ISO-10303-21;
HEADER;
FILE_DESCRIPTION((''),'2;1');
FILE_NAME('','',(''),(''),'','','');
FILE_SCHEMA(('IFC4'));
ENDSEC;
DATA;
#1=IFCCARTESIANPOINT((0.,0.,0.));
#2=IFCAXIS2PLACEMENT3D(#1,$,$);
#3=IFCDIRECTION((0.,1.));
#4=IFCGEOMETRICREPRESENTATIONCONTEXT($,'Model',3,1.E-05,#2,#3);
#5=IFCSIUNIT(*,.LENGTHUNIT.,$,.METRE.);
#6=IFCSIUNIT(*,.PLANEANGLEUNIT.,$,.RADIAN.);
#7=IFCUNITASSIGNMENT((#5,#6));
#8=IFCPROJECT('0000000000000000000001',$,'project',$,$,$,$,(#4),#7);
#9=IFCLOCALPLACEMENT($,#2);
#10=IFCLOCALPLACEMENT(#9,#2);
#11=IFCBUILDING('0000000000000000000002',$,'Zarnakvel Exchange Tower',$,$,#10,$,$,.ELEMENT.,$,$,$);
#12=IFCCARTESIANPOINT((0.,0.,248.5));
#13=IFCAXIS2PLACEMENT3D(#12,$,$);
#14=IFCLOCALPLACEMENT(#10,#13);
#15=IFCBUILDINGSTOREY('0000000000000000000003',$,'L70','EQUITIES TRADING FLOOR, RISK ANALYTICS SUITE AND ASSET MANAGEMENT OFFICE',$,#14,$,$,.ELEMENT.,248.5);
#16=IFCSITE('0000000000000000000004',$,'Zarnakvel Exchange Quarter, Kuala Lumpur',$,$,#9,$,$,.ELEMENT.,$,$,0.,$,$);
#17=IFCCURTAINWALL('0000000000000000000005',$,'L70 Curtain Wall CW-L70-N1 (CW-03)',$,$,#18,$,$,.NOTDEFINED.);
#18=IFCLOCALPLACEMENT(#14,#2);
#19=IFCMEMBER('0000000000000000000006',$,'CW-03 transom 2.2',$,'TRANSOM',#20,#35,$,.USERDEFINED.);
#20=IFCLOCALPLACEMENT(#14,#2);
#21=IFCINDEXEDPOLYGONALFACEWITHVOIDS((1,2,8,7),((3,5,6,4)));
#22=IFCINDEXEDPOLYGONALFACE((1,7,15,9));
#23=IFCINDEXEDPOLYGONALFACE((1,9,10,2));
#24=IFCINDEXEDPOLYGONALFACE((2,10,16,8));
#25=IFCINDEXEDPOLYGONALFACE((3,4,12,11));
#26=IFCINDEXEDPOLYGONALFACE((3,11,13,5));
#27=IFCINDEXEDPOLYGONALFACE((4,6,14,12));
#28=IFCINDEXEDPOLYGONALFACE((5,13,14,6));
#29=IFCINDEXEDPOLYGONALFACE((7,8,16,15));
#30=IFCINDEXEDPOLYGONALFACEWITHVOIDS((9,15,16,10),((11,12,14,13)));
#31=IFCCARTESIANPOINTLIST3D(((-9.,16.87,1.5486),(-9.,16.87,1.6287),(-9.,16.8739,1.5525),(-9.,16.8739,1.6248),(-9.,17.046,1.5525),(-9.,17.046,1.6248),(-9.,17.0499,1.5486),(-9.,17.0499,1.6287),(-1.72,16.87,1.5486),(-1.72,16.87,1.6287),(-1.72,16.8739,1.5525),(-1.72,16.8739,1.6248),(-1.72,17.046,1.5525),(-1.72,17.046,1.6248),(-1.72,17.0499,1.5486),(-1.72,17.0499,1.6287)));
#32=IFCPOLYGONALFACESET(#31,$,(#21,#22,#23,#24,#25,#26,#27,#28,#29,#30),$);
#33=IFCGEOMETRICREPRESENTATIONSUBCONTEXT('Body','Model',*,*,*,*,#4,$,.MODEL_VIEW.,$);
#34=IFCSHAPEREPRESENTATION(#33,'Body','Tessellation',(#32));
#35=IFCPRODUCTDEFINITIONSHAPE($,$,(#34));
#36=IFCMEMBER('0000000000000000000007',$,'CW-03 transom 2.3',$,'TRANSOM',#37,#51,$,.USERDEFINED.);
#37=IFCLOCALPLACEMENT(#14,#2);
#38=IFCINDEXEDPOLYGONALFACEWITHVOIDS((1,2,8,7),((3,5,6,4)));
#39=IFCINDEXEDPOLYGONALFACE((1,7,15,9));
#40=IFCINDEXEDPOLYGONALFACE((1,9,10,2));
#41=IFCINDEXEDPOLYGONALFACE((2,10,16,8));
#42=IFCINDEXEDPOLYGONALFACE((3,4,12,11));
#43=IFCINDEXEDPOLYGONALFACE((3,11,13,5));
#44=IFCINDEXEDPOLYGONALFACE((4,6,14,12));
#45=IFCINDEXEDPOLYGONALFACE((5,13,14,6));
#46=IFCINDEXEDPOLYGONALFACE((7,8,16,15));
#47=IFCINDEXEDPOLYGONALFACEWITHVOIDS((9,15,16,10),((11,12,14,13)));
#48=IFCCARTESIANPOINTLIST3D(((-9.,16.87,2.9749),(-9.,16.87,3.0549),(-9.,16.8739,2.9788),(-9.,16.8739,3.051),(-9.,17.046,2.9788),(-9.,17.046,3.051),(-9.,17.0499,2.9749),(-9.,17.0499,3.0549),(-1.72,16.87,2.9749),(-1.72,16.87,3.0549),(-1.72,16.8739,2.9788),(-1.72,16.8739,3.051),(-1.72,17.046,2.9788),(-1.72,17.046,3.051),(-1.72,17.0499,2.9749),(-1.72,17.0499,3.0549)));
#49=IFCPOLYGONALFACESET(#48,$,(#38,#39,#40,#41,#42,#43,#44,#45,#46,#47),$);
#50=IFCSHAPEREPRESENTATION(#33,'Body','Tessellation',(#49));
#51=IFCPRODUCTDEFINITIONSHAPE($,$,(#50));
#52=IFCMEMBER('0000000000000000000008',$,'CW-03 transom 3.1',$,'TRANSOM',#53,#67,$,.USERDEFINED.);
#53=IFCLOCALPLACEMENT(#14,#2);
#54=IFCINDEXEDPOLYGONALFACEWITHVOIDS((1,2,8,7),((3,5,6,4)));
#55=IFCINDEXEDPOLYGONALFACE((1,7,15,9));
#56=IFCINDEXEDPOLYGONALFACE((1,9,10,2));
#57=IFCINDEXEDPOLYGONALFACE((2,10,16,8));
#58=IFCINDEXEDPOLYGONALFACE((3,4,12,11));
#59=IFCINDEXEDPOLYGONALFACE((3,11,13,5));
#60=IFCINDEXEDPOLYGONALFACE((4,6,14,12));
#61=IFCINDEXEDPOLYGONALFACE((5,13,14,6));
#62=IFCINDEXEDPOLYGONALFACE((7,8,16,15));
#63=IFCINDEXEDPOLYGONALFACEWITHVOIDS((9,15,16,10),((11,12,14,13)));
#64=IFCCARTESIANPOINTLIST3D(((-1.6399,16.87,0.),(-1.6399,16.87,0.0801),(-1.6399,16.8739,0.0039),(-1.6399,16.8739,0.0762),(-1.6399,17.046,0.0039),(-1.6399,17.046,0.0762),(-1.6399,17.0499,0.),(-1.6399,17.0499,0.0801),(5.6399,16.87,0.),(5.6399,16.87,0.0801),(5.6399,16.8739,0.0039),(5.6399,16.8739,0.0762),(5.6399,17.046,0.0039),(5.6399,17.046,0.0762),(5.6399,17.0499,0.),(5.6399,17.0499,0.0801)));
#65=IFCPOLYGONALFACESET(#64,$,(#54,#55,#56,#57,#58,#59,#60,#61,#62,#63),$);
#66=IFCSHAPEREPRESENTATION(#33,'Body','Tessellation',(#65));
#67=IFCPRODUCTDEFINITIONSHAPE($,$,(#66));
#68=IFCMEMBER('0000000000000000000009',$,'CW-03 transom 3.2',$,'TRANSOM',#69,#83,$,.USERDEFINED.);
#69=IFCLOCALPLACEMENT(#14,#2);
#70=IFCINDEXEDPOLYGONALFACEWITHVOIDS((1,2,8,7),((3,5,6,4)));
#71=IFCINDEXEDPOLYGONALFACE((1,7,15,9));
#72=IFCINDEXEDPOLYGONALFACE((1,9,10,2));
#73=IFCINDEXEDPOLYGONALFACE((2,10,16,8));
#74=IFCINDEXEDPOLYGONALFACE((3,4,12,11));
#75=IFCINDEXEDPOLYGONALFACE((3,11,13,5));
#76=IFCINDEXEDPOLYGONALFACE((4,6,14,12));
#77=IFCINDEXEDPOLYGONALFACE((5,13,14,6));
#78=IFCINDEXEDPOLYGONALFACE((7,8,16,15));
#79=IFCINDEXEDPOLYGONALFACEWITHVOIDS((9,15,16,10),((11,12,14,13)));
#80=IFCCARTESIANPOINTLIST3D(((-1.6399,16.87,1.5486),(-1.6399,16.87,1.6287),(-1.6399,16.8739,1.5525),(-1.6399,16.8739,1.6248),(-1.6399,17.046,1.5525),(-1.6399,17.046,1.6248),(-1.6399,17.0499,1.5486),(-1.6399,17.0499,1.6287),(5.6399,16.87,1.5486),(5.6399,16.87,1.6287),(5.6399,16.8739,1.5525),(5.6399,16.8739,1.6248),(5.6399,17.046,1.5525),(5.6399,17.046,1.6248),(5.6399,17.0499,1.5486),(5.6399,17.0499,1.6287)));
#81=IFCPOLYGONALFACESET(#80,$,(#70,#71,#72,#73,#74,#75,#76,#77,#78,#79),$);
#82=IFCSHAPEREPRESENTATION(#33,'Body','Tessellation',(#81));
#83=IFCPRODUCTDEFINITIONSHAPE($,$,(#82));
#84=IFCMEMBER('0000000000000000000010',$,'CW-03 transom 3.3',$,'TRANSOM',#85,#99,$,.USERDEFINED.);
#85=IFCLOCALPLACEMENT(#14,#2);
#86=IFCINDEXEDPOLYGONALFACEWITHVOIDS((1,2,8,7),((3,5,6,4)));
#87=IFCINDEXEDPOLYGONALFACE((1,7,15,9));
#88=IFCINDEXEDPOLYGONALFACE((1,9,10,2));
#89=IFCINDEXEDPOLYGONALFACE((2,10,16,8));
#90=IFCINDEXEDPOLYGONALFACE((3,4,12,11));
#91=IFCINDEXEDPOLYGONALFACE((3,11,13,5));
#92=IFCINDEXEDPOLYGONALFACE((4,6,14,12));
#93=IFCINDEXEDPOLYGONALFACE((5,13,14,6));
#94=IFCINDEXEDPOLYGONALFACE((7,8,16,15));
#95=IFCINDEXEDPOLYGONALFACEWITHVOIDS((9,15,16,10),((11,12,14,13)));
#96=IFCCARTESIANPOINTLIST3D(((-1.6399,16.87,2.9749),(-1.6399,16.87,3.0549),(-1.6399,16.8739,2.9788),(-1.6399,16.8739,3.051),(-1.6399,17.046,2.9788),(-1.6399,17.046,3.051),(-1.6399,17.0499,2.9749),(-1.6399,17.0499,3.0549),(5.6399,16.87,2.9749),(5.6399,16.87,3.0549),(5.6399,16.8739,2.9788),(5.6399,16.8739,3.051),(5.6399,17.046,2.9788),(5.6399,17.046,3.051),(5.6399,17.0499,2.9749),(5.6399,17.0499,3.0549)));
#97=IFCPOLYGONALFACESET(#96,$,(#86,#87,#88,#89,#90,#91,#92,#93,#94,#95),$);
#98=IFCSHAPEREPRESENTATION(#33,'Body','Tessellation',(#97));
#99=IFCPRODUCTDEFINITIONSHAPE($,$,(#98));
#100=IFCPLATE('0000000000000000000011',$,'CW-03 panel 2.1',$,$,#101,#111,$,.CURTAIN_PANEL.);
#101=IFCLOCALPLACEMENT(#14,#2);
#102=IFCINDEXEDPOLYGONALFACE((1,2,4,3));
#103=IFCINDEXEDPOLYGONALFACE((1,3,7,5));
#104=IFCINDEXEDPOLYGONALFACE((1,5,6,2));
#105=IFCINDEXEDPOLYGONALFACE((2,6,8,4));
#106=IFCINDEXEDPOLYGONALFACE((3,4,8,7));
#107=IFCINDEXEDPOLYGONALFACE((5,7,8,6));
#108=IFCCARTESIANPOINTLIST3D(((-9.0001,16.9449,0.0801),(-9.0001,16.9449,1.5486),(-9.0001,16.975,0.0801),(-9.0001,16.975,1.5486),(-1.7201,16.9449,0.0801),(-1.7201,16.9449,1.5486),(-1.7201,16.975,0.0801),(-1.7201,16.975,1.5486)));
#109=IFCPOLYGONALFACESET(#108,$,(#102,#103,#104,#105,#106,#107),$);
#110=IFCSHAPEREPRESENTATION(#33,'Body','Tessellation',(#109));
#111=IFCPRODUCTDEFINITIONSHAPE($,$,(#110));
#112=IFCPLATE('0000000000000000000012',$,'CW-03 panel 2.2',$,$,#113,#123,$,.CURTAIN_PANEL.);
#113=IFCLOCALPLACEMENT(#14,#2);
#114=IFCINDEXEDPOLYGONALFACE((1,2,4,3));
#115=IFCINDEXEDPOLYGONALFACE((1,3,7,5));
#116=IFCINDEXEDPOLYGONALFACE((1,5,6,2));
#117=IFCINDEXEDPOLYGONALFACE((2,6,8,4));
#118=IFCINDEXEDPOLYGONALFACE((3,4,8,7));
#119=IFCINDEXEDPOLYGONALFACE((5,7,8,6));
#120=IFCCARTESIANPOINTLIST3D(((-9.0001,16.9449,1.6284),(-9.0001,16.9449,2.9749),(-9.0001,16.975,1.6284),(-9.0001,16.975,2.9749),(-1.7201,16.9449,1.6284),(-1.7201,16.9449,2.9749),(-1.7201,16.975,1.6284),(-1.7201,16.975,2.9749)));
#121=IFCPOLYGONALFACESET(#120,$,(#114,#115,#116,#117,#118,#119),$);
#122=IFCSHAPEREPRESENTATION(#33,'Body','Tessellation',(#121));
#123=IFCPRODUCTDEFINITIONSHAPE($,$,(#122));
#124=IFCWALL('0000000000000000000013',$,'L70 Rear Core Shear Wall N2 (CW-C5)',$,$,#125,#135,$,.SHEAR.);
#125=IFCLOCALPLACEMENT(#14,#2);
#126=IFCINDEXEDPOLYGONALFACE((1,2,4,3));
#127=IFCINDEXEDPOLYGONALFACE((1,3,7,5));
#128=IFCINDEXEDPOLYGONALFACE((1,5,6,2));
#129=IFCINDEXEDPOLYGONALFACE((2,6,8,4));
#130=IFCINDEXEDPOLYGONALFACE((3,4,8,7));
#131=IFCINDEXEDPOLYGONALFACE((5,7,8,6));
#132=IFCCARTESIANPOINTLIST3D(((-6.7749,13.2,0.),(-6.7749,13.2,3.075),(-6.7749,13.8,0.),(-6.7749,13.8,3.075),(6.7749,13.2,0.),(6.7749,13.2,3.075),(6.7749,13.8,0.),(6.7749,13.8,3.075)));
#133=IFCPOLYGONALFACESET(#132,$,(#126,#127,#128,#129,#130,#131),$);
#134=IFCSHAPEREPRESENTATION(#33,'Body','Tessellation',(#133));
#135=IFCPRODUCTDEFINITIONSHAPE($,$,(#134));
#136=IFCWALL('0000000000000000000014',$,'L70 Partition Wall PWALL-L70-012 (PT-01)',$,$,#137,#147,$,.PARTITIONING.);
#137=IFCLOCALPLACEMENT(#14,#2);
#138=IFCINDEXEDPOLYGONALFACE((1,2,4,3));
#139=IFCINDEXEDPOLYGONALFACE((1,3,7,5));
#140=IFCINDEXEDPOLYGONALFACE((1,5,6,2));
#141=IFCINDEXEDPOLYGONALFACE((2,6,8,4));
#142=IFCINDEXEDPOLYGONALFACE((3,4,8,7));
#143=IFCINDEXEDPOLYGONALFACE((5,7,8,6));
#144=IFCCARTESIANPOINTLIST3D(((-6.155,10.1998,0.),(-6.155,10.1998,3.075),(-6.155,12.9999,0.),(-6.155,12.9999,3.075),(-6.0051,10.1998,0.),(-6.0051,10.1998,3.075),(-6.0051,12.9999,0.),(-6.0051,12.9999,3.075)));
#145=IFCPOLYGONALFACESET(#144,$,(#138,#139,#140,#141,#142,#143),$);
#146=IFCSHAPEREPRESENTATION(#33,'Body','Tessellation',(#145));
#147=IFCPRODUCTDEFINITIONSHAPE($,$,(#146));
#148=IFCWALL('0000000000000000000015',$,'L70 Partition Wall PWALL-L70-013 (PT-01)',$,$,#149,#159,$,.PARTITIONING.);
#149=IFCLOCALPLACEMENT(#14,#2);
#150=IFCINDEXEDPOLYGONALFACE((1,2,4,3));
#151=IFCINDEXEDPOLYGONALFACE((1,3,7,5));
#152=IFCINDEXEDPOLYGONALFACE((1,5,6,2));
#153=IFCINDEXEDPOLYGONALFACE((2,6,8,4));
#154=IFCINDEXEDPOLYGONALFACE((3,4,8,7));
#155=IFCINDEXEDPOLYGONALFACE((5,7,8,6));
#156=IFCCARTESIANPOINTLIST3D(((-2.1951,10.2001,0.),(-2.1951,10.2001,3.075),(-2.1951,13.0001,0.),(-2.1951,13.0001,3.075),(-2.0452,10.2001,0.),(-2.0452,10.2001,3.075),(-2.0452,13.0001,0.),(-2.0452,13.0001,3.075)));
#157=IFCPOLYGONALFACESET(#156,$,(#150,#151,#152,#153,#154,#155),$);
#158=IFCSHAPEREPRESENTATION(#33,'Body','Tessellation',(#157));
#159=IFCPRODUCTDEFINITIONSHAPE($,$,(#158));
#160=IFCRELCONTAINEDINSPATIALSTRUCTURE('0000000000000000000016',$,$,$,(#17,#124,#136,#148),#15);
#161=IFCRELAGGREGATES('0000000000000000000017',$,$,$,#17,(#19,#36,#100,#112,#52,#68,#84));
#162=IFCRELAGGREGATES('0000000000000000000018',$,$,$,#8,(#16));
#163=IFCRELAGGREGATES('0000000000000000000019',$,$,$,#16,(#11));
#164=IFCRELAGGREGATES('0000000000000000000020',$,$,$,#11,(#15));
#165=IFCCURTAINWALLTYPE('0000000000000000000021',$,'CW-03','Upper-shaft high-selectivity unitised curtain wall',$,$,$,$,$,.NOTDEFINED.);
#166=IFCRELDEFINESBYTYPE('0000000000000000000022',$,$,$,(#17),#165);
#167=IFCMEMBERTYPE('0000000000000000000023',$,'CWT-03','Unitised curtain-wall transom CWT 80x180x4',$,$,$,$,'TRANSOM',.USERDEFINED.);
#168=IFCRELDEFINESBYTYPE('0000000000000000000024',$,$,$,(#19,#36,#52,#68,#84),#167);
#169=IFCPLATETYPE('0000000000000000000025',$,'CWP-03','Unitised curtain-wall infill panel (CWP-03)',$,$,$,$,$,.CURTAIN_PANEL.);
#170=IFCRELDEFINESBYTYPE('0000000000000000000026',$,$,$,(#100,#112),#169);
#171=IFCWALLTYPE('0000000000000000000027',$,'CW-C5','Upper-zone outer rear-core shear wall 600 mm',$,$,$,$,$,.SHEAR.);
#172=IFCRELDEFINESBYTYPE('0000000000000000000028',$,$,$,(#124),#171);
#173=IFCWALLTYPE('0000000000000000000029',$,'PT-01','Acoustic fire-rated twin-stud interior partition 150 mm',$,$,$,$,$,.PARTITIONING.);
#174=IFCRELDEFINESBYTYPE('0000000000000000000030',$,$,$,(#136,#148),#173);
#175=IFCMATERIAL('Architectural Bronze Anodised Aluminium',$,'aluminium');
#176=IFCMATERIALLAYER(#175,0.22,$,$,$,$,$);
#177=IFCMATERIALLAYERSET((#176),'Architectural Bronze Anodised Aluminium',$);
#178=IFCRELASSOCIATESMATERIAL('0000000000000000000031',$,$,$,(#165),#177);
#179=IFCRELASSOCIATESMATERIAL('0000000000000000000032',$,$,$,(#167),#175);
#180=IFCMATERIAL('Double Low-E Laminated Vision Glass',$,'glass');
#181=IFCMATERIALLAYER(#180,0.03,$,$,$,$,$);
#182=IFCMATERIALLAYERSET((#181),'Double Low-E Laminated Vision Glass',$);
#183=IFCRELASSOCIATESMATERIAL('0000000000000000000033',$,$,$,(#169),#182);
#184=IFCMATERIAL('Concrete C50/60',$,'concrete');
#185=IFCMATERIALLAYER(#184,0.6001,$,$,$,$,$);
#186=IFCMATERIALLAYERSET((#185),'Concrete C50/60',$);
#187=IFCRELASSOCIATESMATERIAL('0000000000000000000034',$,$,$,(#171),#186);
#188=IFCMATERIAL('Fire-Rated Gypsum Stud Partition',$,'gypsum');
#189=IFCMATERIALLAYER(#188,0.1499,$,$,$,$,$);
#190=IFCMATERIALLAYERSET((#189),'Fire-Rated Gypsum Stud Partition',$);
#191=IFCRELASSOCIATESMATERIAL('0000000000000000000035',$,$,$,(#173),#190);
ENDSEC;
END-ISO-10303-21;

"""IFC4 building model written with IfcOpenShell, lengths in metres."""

from ifc_helpers import new_model, si_unit, direction, frame, frame_2d, origin, origin_2d, place, context, subcontext, project, spatial, rectangle, hollow_rectangle, extrude, source, transform, mapped, material, layer, layer_set, material_profile, profile_set, type_object, element, aggregate, save


model = new_model("IFC4")

# Units and contexts
model_context = context("Model", 3, precision=1e-05, world=origin(), true_north=direction((0.0, 1.0)))
body_context = subcontext(model_context, "Body", "Model", "MODEL_VIEW")
ifc_project = project(units=[si_unit("LENGTHUNIT", "METRE"), si_unit("PLANEANGLEUNIT", "RADIAN")], contexts=[model_context])

# Site, building, storey
site_placement = place(None, origin())
site = spatial("IfcSite", under=ifc_project, at=site_placement, Name="Zarnakvel Exchange Quarter, Kuala Lumpur", CompositionType="ELEMENT", RefElevation=0.0)
building_placement = place(site_placement, origin())
building = spatial("IfcBuilding", under=site, at=building_placement, Name="Zarnakvel Exchange Tower", CompositionType="ELEMENT")
storey_placement = place(building_placement, frame((0.0, 0.0, 248.5)))
storey = spatial("IfcBuildingStorey", under=building, at=storey_placement, Name="L70", Description="EQUITIES TRADING FLOOR, RISK ANALYTICS SUITE AND ASSET MANAGEMENT OFFICE", CompositionType="ELEMENT", Elevation=248.5)

# Shared definitions
ifc_material_1 = material(Name="Concrete C50/60", Category="concrete")

# Curtain wall, members, plates
ifc_material_2 = material(Name="Architectural Bronze Anodised Aluminium", Category="aluminium")
ifc_layer_1 = layer(ifc_material_2, 0.22)
ifc_layer_set_1 = layer_set([ifc_layer_1], Name="Architectural Bronze Anodised Aluminium")
curtain_wall_type = type_object("IfcCurtainWallType", Name="CW-03", Description="Upper-shaft high-selectivity unitised curtain wall", PredefinedType="NOTDEFINED", material=ifc_layer_set_1)
curtain_wall_placement = place(storey_placement, origin())
curtain_wall = element("IfcCurtainWall", 1, at=curtain_wall_placement, inside=storey, type_object=curtain_wall_type, Name="L70 Curtain Wall CW-L70-N1 (CW-03)", PredefinedType="NOTDEFINED")
ifc_material_profile_1 = material_profile(ifc_material_2, hollow_rectangle(XDim=0.1799, YDim=0.0801, WallThickness=0.0039, at=origin_2d()))
ifc_profile_set_1 = profile_set([ifc_material_profile_1], Name="Architectural Bronze Anodised Aluminium")
member_type_1 = type_object("IfcMemberType", Name="CWT-03", Description="Unitised curtain-wall transom CWT 80x180x4", ElementType="TRANSOM", PredefinedType="USERDEFINED", material=ifc_profile_set_1)
shared_shape_1 = source(origin(), body_context, "Body", "SweptSolid", [
    extrude(hollow_rectangle(XDim=0.1799, YDim=0.0801, WallThickness=0.0039, at=origin_2d()), origin(), (0.0, 0.0, 1.0), 7.28),
])
member_1_placement = place(storey_placement, frame((-9.0, 16.96, 1.5886), z_axis=(1.0, 0.0, 0.0), x_axis=(0.0, 1.0, 0.0)))
member_1 = element("IfcMember", 2, at=member_1_placement, type_object=member_type_1, Name="CW-03 transom 2.2", ObjectType="TRANSOM", PredefinedType="USERDEFINED", context=body_context, shape_type="MappedRepresentation", body=[
    mapped(shared_shape_1, transform((0.0, 0.0, 0.0), x_axis=(1.0, 0.0, 0.0), y_axis=(0.0, 1.0, 0.0), z_axis=(0.0, 0.0, 1.0), scale=1.0)),
])
member_2_placement = place(storey_placement, frame((-9.0, 16.96, 3.0149), z_axis=(1.0, 0.0, 0.0), x_axis=(0.0, 1.0, 0.0)))
member_2 = element("IfcMember", 3, at=member_2_placement, type_object=member_type_1, Name="CW-03 transom 2.3", ObjectType="TRANSOM", PredefinedType="USERDEFINED", context=body_context, shape_type="MappedRepresentation", body=[
    mapped(shared_shape_1, transform((0.0, 0.0, 0.0), x_axis=(1.0, 0.0, 0.0), y_axis=(0.0, 1.0, 0.0), z_axis=(0.0, 0.0, 1.0), scale=1.0)),
])
shared_shape_2 = source(origin(), body_context, "Body", "SweptSolid", [
    extrude(hollow_rectangle(XDim=0.1799, YDim=0.0801, WallThickness=0.0039, at=origin_2d()), origin(), (0.0, 0.0, 1.0), 7.2798),
])
member_3_placement = place(storey_placement, frame((-1.6399, 16.96, 0.04), z_axis=(1.0, 0.0, 0.0), x_axis=(0.0, 1.0, 0.0)))
member_3 = element("IfcMember", 4, at=member_3_placement, type_object=member_type_1, Name="CW-03 transom 3.1", ObjectType="TRANSOM", PredefinedType="USERDEFINED", context=body_context, shape_type="MappedRepresentation", body=[
    mapped(shared_shape_2, transform((0.0, 0.0, 0.0), x_axis=(1.0, 0.0, 0.0), y_axis=(0.0, 1.0, 0.0), z_axis=(0.0, 0.0, 1.0), scale=1.0)),
])
member_4_placement = place(storey_placement, frame((-1.6399, 16.96, 1.5886), z_axis=(1.0, 0.0, 0.0), x_axis=(0.0, 1.0, 0.0)))
member_4 = element("IfcMember", 5, at=member_4_placement, type_object=member_type_1, Name="CW-03 transom 3.2", ObjectType="TRANSOM", PredefinedType="USERDEFINED", context=body_context, shape_type="MappedRepresentation", body=[
    mapped(shared_shape_2, transform((0.0, 0.0, 0.0), x_axis=(1.0, 0.0, 0.0), y_axis=(0.0, 1.0, 0.0), z_axis=(0.0, 0.0, 1.0), scale=1.0)),
])
member_5_placement = place(storey_placement, frame((-1.6399, 16.96, 3.0149), z_axis=(1.0, 0.0, 0.0), x_axis=(0.0, 1.0, 0.0)))
member_5 = element("IfcMember", 6, at=member_5_placement, type_object=member_type_1, Name="CW-03 transom 3.3", ObjectType="TRANSOM", PredefinedType="USERDEFINED", context=body_context, shape_type="MappedRepresentation", body=[
    mapped(shared_shape_2, transform((0.0, 0.0, 0.0), x_axis=(1.0, 0.0, 0.0), y_axis=(0.0, 1.0, 0.0), z_axis=(0.0, 0.0, 1.0), scale=1.0)),
])
ifc_material_3 = material(Name="Double Low-E Laminated Vision Glass", Category="glass")
ifc_layer_2 = layer(ifc_material_3, 0.03)
ifc_layer_set_2 = layer_set([ifc_layer_2], Name="Double Low-E Laminated Vision Glass")
plate_type = type_object("IfcPlateType", Name="CWP-03", Description="Unitised curtain-wall infill panel (CWP-03)", PredefinedType="CURTAIN_PANEL", material=ifc_layer_set_2)
shared_shape_3 = source(origin(), body_context, "Body", "SweptSolid", [
    extrude(rectangle(XDim=7.28, YDim=0.03, at=origin_2d()), origin(), (0.0, 0.0, 1.0), 1.4685),
])
plate_1_placement = place(storey_placement, frame((-5.3601, 16.96, 0.0801), z_axis=(0.0, 0.0, 1.0), x_axis=(1.0, 0.0, 0.0)))
plate_1 = element("IfcPlate", 7, at=plate_1_placement, type_object=plate_type, Name="CW-03 panel 2.1", PredefinedType="CURTAIN_PANEL", context=body_context, shape_type="MappedRepresentation", body=[
    mapped(shared_shape_3, transform((0.0, 0.0, 0.0), x_axis=(1.0, 0.0, 0.0), y_axis=(0.0, 1.0, 0.0), z_axis=(0.0, 0.0, 1.0), scale=1.0)),
])
shared_shape_4 = source(origin(), body_context, "Body", "SweptSolid", [
    extrude(rectangle(XDim=7.28, YDim=0.03, at=origin_2d()), origin(), (0.0, 0.0, 1.0), 1.3464),
])
plate_2_placement = place(storey_placement, frame((-5.3601, 16.96, 1.6284), z_axis=(0.0, 0.0, 1.0), x_axis=(1.0, 0.0, 0.0)))
plate_2 = element("IfcPlate", 8, at=plate_2_placement, type_object=plate_type, Name="CW-03 panel 2.2", PredefinedType="CURTAIN_PANEL", context=body_context, shape_type="MappedRepresentation", body=[
    mapped(shared_shape_4, transform((0.0, 0.0, 0.0), x_axis=(1.0, 0.0, 0.0), y_axis=(0.0, 1.0, 0.0), z_axis=(0.0, 0.0, 1.0), scale=1.0)),
])
aggregate(curtain_wall, [member_1, member_2, plate_1, plate_2, member_3, member_4, member_5])

# Wall
ifc_layer_3 = layer(ifc_material_1, 0.6001)
ifc_layer_set_3 = layer_set([ifc_layer_3], Name="Concrete C50/60")
wall_type_1 = type_object("IfcWallType", Name="CW-C5", Description="Upper-zone outer rear-core shear wall 600 mm", PredefinedType="SHEAR", material=ifc_layer_set_3)
wall_1_placement = place(storey_placement, frame((-6.7749, 13.5, 0.0), z_axis=(0.0, 0.0, 1.0), x_axis=(1.0, 0.0, 0.0)))
element("IfcWall", 9, at=wall_1_placement, inside=storey, type_object=wall_type_1, Name="L70 Rear Core Shear Wall N2 (CW-C5)", PredefinedType="SHEAR", context=body_context, shape_type="SweptSolid", body=[
    extrude(rectangle(XDim=13.5498, YDim=0.6001, at=frame_2d((6.7749, 0.0))), origin(), (0.0, 0.0, 1.0), 3.075),
])

# Shared definitions
ifc_material_4 = material(Name="Fire-Rated Gypsum Stud Partition", Category="gypsum")
ifc_layer_4 = layer(ifc_material_4, 0.1499)
ifc_layer_set_4 = layer_set([ifc_layer_4], Name="Fire-Rated Gypsum Stud Partition")
wall_type_2 = type_object("IfcWallType", Name="PT-01", Description="Acoustic fire-rated twin-stud interior partition 150 mm", PredefinedType="PARTITIONING", material=ifc_layer_set_4)

# Walls
for number, where, z_axis, x_axis, name in (
    (10, (-6.0801, 10.2, 0.0), (0.0, 0.0, 1.0), (0.0, 1.0, 0.0), "L70 Partition Wall PWALL-L70-012 (PT-01)"),
    (11, (-2.1201, 13.0, 0.0), (0.0, 0.0, 1.0), (0.0, -1.0, 0.0), "L70 Partition Wall PWALL-L70-013 (PT-01)"),
):
    element("IfcWall", number, at=place(storey_placement, frame(where, z_axis=z_axis, x_axis=x_axis)), inside=storey, type_object=wall_type_2, Name=name, PredefinedType="PARTITIONING", context=body_context, shape_type="SweptSolid", body=[
        extrude(rectangle(XDim=2.8, YDim=0.1499, at=frame_2d((1.3999, 0.0))), origin(), (0.0, 0.0, 1.0), 3.075),
    ])

save(model, "model.ifc")
